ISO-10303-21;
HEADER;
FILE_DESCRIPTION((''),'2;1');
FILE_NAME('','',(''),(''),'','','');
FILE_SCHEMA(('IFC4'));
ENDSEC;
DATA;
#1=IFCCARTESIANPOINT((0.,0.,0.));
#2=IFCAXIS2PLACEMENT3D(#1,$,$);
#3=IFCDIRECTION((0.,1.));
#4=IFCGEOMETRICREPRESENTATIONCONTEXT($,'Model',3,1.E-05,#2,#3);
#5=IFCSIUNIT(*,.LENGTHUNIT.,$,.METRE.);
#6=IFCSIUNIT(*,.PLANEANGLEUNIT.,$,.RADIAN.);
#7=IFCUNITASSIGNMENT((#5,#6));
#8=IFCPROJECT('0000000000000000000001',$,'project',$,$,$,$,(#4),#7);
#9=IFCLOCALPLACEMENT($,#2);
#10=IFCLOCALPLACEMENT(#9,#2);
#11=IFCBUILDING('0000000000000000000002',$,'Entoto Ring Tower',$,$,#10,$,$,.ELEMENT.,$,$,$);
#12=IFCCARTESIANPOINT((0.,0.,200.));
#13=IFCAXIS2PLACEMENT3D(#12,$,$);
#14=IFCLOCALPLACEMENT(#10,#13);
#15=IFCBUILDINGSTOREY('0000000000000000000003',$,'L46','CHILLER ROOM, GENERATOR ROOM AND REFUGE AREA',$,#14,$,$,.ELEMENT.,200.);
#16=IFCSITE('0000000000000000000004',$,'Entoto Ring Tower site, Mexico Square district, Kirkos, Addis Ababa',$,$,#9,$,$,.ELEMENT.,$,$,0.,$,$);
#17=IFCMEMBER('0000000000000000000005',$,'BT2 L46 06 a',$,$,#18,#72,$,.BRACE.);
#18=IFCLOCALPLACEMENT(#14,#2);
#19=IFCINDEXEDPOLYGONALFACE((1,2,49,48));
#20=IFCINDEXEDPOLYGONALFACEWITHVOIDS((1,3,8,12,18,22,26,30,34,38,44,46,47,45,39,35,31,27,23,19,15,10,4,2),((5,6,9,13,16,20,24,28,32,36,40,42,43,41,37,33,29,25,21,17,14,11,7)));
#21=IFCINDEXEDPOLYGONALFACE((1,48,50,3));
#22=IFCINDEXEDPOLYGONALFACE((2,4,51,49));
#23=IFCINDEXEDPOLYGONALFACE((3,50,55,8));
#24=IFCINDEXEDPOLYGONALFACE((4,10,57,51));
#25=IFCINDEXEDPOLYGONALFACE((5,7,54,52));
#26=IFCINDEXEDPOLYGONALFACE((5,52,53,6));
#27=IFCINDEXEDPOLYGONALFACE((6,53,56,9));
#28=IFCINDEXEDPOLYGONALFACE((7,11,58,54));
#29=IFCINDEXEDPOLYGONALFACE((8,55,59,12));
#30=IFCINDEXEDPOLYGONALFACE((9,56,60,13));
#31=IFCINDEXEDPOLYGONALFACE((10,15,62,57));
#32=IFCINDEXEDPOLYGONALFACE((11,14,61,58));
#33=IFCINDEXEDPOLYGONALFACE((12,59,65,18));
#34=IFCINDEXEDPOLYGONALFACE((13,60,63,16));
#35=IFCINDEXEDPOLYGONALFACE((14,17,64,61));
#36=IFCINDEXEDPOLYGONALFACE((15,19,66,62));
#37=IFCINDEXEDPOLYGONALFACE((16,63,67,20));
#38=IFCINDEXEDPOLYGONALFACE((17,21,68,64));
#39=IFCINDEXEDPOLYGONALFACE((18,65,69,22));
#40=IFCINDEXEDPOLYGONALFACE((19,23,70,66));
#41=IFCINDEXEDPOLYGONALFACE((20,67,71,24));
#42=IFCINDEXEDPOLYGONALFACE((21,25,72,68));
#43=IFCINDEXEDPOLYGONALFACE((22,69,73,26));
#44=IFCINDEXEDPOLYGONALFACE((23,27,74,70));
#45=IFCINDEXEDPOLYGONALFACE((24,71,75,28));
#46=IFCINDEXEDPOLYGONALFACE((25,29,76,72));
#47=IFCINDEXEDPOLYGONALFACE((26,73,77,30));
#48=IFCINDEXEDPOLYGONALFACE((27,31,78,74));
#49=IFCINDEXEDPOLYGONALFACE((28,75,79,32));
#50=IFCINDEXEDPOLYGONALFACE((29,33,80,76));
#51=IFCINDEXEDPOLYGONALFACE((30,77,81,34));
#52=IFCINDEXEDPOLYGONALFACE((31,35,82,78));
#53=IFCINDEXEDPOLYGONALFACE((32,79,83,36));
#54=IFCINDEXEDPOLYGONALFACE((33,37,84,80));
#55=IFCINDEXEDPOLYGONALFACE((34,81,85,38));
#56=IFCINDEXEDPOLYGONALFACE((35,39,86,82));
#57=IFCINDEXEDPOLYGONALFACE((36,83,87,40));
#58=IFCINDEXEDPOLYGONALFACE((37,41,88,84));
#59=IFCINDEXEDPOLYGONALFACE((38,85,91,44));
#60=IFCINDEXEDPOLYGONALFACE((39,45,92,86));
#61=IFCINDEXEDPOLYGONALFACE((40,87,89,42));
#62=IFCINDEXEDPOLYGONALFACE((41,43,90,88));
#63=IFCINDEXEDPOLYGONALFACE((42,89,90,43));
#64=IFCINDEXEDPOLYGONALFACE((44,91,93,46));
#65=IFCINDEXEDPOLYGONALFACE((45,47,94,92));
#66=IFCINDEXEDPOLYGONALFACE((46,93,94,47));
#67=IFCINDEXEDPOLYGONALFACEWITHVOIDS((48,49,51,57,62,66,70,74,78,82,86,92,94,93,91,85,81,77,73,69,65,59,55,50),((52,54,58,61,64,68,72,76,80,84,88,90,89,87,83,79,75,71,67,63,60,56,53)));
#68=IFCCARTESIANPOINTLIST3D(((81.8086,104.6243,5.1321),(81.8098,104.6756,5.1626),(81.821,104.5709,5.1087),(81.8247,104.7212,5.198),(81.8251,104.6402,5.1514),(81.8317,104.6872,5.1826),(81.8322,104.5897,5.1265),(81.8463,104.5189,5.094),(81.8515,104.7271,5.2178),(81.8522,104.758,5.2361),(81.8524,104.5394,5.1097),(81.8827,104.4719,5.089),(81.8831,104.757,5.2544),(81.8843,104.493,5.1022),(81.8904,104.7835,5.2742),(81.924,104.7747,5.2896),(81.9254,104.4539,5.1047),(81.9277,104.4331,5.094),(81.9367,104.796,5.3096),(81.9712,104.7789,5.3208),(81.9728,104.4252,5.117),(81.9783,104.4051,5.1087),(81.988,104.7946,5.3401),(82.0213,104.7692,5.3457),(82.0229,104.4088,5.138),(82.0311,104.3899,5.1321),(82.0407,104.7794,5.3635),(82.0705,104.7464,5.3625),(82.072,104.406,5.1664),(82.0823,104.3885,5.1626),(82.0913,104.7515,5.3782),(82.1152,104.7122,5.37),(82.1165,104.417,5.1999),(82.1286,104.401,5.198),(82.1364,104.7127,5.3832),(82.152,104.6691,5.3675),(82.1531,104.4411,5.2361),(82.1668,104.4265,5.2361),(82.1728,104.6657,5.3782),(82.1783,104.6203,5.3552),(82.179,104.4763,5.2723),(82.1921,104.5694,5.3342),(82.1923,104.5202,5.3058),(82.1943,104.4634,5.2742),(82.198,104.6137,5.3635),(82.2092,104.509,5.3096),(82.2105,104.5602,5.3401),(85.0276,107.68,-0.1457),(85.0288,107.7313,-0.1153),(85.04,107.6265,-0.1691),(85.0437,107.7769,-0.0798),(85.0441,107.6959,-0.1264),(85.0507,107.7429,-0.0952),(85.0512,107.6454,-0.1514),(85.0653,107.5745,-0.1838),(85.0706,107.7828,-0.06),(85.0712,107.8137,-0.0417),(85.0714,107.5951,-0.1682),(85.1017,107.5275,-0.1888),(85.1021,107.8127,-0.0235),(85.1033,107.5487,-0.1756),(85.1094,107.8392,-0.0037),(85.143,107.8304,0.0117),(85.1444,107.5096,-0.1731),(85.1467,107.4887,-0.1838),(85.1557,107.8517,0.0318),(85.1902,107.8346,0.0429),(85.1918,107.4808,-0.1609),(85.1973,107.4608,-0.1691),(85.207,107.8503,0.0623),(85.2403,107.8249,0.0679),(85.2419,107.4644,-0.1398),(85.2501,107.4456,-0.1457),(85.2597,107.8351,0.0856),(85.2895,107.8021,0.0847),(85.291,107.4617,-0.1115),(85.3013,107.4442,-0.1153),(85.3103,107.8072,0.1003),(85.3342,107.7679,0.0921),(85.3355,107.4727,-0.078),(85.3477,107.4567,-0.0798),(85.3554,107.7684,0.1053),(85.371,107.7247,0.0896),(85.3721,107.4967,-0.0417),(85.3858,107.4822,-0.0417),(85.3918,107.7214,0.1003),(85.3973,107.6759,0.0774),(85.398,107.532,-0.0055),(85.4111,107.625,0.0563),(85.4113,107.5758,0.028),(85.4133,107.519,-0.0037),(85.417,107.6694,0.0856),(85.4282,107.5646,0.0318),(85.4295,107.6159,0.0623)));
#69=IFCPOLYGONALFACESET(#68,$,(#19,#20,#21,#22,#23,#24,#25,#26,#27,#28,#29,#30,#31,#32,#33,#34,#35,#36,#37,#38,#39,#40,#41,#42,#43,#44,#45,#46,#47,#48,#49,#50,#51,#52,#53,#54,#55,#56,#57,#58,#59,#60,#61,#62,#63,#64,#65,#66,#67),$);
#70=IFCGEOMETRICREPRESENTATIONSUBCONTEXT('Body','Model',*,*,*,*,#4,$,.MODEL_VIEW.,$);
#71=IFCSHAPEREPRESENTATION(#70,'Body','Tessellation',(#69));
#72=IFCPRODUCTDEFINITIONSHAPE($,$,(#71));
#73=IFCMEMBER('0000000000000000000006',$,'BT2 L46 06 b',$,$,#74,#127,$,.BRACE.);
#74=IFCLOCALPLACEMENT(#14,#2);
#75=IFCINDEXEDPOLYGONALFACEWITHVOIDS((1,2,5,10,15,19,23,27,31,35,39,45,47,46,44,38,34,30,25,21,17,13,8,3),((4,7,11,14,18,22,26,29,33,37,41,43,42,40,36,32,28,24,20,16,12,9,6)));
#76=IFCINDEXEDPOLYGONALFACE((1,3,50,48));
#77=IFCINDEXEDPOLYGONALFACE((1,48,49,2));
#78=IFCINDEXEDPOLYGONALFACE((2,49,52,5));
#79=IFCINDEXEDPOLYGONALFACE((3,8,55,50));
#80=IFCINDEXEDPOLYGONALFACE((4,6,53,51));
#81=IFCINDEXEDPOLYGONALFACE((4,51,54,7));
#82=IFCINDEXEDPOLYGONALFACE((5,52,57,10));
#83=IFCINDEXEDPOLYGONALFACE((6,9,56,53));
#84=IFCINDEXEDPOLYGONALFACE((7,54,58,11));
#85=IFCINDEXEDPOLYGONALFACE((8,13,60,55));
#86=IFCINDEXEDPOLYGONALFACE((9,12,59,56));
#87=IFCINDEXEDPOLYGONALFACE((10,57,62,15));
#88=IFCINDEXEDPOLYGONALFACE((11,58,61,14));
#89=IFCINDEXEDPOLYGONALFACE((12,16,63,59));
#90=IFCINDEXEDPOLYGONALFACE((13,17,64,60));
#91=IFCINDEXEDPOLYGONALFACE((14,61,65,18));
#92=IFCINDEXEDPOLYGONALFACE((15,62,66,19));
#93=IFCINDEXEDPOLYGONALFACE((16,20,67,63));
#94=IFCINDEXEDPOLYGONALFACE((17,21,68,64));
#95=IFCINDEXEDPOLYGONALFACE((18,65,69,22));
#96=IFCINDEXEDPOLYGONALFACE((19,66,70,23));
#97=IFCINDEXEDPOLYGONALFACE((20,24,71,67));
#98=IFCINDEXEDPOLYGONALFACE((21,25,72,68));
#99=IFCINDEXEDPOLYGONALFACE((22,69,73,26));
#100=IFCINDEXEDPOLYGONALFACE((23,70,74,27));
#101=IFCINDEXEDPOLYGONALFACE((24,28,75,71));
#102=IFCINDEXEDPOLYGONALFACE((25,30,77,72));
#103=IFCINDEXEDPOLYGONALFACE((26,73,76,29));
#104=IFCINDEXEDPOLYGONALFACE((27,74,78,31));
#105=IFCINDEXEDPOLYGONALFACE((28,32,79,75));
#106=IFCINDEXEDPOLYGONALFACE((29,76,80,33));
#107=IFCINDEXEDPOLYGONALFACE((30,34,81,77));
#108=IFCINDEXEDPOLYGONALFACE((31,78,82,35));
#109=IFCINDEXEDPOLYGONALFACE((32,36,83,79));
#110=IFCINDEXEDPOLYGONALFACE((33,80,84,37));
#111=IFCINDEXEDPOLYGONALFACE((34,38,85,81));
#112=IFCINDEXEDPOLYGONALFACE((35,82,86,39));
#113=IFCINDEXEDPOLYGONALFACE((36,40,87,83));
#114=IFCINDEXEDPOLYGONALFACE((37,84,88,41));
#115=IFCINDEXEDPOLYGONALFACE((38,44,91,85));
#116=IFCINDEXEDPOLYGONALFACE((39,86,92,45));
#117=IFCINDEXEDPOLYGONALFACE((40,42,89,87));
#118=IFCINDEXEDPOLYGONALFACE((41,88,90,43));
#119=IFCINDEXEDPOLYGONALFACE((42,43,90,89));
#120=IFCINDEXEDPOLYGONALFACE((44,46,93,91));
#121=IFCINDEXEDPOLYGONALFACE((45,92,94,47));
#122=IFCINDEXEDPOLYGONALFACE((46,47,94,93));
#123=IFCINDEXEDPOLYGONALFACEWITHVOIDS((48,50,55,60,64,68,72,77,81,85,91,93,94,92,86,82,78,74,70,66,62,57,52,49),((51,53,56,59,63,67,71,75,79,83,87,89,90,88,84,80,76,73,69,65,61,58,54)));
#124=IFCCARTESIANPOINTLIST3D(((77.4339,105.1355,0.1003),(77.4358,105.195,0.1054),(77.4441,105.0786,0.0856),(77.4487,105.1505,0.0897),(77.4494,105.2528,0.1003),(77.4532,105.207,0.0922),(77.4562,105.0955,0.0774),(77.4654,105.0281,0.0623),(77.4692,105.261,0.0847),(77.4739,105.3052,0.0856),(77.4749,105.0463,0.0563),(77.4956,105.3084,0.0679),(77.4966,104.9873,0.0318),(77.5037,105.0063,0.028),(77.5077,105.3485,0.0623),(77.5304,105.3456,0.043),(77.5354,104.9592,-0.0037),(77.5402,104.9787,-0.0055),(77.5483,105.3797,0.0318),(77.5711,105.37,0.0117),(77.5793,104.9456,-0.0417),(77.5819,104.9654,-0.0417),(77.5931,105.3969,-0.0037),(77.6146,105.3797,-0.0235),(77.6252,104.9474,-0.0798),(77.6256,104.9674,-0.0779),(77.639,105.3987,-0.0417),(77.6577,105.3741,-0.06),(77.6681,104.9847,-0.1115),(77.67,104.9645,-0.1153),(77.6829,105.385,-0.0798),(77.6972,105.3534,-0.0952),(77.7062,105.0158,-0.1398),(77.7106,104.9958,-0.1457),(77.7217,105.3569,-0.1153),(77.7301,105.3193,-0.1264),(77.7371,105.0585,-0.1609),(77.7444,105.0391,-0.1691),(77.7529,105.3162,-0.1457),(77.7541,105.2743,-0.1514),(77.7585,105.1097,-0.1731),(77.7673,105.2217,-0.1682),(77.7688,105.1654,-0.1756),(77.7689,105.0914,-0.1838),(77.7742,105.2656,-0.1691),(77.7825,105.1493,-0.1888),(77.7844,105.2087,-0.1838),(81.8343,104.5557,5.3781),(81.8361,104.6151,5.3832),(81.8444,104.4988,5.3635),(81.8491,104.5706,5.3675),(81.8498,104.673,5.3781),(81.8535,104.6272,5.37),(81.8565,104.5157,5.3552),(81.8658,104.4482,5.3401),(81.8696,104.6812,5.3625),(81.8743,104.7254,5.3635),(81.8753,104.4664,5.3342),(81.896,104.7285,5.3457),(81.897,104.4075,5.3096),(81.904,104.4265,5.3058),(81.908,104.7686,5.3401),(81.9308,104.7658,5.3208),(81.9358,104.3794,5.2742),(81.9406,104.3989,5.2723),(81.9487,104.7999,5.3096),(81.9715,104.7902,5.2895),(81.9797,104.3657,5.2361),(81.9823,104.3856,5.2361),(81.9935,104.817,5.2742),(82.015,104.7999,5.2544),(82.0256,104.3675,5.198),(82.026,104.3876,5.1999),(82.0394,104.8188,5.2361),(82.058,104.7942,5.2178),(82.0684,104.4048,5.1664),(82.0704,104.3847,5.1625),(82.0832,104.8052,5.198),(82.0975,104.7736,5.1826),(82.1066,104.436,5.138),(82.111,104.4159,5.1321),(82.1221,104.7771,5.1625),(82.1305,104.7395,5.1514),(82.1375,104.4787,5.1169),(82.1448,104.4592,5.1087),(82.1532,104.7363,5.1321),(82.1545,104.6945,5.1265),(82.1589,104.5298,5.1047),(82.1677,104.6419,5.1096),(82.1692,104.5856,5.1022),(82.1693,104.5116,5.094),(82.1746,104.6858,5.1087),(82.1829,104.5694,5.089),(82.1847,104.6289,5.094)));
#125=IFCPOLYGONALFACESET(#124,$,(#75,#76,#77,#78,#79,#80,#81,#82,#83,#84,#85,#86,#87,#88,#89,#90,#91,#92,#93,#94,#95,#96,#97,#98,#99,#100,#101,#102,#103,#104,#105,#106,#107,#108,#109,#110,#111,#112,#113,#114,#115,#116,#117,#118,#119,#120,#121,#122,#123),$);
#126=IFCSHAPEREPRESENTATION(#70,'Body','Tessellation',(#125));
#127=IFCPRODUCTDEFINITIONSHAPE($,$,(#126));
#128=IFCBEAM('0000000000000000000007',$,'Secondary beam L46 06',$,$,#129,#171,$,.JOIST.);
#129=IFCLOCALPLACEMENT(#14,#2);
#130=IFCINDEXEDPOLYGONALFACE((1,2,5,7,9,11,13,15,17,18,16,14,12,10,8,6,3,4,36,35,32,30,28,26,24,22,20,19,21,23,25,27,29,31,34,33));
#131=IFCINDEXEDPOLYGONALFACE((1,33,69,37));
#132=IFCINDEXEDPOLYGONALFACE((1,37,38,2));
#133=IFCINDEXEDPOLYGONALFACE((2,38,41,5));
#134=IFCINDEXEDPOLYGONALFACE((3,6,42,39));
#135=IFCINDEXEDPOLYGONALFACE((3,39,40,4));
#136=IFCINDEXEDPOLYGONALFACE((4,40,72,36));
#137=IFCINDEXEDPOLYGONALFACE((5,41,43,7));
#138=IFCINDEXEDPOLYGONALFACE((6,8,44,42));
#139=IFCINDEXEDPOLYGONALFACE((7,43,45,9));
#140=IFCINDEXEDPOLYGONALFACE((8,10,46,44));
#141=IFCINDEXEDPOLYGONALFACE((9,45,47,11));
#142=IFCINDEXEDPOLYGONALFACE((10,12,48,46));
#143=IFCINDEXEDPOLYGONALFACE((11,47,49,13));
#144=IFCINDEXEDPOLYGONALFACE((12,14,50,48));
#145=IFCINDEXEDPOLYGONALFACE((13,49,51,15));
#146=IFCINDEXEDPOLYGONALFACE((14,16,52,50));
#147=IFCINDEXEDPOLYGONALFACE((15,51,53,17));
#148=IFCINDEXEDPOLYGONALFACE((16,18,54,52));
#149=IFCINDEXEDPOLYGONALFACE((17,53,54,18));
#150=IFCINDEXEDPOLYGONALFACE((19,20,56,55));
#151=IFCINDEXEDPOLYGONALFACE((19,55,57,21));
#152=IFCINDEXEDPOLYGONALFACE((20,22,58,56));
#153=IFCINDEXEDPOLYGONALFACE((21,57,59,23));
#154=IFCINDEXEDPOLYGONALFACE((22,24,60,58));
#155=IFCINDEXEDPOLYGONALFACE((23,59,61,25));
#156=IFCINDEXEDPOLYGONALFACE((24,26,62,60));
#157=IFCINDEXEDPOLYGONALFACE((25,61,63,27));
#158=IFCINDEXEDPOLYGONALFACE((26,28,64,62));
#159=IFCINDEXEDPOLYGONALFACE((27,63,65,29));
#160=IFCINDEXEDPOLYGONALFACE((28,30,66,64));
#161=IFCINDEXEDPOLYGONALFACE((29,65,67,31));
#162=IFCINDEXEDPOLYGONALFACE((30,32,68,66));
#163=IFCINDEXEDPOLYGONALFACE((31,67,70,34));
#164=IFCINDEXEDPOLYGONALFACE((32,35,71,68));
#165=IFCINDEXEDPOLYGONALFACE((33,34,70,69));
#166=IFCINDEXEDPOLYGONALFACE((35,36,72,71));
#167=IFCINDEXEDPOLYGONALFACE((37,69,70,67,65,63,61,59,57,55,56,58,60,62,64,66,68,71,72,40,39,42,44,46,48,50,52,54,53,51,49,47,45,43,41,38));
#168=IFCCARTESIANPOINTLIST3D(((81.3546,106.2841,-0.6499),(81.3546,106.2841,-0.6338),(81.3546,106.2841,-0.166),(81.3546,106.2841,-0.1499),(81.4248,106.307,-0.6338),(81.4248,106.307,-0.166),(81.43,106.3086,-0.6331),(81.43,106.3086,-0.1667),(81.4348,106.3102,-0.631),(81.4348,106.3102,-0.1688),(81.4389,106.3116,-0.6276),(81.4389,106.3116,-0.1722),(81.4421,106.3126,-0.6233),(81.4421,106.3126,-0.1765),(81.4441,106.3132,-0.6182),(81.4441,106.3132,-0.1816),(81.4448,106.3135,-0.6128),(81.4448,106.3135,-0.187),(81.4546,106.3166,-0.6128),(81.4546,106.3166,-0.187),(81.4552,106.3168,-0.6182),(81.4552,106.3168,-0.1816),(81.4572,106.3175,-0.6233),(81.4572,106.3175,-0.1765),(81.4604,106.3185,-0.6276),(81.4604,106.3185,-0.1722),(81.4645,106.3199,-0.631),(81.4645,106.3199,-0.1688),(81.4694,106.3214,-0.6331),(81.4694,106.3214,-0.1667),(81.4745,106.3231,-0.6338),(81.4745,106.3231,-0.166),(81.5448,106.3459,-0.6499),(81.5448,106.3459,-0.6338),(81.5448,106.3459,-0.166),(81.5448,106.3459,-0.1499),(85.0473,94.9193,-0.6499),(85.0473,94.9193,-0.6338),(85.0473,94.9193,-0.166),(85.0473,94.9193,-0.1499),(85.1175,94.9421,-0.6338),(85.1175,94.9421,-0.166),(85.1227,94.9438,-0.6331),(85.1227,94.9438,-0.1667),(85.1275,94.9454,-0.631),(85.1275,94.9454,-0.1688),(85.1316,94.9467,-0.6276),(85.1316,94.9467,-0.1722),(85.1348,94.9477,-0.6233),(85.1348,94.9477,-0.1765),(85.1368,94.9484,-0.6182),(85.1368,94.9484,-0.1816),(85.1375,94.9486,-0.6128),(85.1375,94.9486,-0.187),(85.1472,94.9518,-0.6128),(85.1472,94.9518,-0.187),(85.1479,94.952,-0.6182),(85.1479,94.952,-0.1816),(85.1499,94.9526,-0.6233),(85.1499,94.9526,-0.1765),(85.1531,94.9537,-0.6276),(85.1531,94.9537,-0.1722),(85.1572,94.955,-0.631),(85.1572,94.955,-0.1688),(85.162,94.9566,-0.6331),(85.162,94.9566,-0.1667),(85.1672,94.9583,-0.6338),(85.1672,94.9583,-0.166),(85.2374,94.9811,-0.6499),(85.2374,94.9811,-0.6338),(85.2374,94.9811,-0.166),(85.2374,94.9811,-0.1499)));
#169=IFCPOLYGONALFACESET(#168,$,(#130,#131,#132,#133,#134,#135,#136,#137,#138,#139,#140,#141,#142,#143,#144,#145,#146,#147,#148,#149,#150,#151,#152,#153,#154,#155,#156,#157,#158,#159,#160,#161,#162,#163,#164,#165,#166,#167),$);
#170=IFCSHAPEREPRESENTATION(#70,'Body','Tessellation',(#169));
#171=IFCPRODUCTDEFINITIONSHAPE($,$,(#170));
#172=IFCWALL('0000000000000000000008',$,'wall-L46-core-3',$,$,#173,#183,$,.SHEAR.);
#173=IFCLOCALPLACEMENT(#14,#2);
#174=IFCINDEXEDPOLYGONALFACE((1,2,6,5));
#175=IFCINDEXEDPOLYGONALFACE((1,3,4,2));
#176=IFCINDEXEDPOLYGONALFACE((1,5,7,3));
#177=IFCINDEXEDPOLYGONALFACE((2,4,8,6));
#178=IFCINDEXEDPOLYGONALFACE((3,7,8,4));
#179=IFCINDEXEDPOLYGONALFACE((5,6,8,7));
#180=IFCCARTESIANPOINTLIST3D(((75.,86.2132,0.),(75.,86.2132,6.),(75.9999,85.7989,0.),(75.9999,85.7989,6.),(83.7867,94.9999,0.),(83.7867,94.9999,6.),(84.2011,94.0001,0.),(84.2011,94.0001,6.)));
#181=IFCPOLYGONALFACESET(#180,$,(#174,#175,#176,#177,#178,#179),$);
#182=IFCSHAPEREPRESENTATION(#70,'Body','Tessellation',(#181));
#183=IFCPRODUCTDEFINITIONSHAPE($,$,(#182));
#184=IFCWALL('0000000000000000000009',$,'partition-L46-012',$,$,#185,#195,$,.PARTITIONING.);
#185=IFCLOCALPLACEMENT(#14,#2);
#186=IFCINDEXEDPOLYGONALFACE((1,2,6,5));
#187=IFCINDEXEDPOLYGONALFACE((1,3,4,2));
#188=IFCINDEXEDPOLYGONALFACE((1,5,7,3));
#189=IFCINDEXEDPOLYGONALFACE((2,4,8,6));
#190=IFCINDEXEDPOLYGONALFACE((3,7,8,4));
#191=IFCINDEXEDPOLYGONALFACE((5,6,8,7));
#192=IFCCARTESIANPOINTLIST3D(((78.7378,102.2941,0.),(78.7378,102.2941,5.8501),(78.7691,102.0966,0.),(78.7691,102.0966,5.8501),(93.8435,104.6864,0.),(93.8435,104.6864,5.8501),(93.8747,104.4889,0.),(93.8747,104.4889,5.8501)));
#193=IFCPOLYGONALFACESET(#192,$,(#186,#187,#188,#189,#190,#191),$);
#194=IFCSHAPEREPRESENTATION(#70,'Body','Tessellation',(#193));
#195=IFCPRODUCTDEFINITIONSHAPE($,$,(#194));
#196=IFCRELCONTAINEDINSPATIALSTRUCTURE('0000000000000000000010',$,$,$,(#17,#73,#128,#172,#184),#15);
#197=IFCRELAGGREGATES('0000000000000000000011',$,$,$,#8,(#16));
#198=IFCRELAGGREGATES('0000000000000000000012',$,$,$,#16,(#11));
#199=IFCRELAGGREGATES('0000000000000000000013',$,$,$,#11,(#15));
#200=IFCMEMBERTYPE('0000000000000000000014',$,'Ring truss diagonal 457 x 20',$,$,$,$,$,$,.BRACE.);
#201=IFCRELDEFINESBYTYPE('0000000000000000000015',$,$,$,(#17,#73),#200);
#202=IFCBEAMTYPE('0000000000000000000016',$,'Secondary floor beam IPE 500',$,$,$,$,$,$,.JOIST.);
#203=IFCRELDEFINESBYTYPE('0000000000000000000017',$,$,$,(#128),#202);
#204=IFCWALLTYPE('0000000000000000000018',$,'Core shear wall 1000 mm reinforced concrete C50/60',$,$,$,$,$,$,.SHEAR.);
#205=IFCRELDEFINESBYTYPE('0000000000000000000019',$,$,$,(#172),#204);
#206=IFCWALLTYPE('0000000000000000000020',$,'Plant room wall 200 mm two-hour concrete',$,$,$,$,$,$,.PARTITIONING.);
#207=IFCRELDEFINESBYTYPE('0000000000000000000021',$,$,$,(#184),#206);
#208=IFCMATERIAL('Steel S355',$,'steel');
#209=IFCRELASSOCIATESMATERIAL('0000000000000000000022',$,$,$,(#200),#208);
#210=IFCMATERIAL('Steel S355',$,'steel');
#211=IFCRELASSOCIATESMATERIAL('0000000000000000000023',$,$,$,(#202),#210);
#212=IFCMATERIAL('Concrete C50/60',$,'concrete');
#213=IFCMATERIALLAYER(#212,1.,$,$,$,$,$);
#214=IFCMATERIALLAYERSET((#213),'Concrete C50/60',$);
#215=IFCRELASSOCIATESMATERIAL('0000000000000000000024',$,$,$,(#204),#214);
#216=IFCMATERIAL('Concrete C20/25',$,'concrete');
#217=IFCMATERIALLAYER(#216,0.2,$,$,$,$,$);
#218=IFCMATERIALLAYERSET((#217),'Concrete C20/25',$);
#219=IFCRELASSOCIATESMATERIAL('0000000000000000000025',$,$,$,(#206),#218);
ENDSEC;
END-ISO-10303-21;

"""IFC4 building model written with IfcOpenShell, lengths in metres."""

from ifc_helpers import new_model, si_unit, direction, frame, frame_2d, origin, origin_2d, place, context, subcontext, project, spatial, polyline, rectangle, circle, hollow_circle, i_section, outline, extrude, material, layer, layer_set, material_profile, profile_set, type_object, element, save


model = new_model("IFC4")

# Units and contexts
model_context = context("Model", 3, precision=1e-05, world=origin(), true_north=direction((0.0, 1.0)))
body_context = subcontext(model_context, "Body", "Model", "MODEL_VIEW")
ifc_project = project(units=[si_unit("LENGTHUNIT", "METRE"), si_unit("PLANEANGLEUNIT", "RADIAN")], contexts=[model_context])

# Site, building, storey
site_placement = place(None, origin())
site = spatial("IfcSite", under=ifc_project, at=site_placement, Name="Entoto Ring Tower site, Mexico Square district, Kirkos, Addis Ababa", CompositionType="ELEMENT", RefElevation=0.0)
building_placement = place(site_placement, origin())
building = spatial("IfcBuilding", under=site, at=building_placement, Name="Entoto Ring Tower", CompositionType="ELEMENT")
storey_placement = place(building_placement, frame((0.0, 0.0, 200.0)))
storey = spatial("IfcBuildingStorey", under=building, at=storey_placement, Name="L46", Description="CHILLER ROOM, GENERATOR ROOM AND REFUGE AREA", CompositionType="ELEMENT", Elevation=200.0)

# Members
ifc_material_1 = material(Name="Steel S355", Category="steel")
ifc_material_profile_1 = material_profile(ifc_material_1, hollow_circle(Radius=0.2285, WallThickness=0.02, at=origin_2d()), Name="CHS 457 x 20")
ifc_material_2 = material(Name="Concrete C60/75", Category="concrete")
ifc_material_profile_2 = material_profile(ifc_material_2, circle(Radius=0.2085, at=origin_2d()), Name="Concrete C60/75 infill")
ifc_profile_set_1 = profile_set([ifc_material_profile_1, ifc_material_profile_2], Name="Steel S355")
member_type_1 = type_object("IfcMemberType", Name="Ring truss diagonal 457 x 20", PredefinedType="BRACE", material=ifc_profile_set_1)
for number, where, z_axis, x_axis, name in (
    (1, (85.2285, 107.6479, -0.0417), (-0.466793, -0.443108, 0.765349), (0.688468, -0.725267, 0.0), "BT2 L46 06 a"),
    (2, (82.0095, 104.5923, 5.2361), (-0.638105, 0.084082, -0.765344), (-0.130639, -0.99143, 0.0), "BT2 L46 06 b"),
):
    element("IfcMember", number, at=place(storey_placement, frame(where, z_axis=z_axis, x_axis=x_axis)), inside=storey, type_object=member_type_1, Name=name, PredefinedType="BRACE", context=body_context, shape_type="SweptSolid", body=[
        extrude(hollow_circle(Radius=0.2285, WallThickness=0.02, at=origin_2d()), origin(), (0.0, 0.0, 1.0), 6.896),
    ])

# Beam
ifc_material_3 = material(Name="Steel S355", Category="steel")
ifc_material_profile_3 = material_profile(ifc_material_3, i_section(OverallWidth=0.2, OverallDepth=0.5, WebThickness=0.0103, FlangeThickness=0.0161, FilletRadius=0.021, at=origin_2d()), Name="IPE 500")
ifc_profile_set_2 = profile_set([ifc_material_profile_3], Name="Steel S355")
beam_type_1 = type_object("IfcBeamType", Name="Secondary floor beam IPE 500", PredefinedType="JOIST", material=ifc_profile_set_2)
beam_1_placement = place(storey_placement, frame((85.1423, 94.9502, -0.3999), z_axis=(-0.309017, 0.951057, 0.0), x_axis=(-0.951057, -0.309017, 0.0)))
element("IfcBeam", 3, at=beam_1_placement, inside=storey, type_object=beam_type_1, Name="Secondary beam L46 06", PredefinedType="JOIST", context=body_context, shape_type="SweptSolid", body=[
    extrude(i_section(OverallWidth=0.2, OverallDepth=0.5, WebThickness=0.0103, FlangeThickness=0.0161, FilletRadius=0.021, at=origin_2d()), origin(), (0.0, 0.0, 1.0), 11.9497),
])

# Walls
ifc_material_4 = material(Name="Concrete C50/60", Category="concrete")
ifc_layer_1 = layer(ifc_material_4, 1.0)
ifc_layer_set_1 = layer_set([ifc_layer_1], Name="Concrete C50/60")
wall_type_1 = type_object("IfcWallType", Name="Core shear wall 1000 mm reinforced concrete C50/60", PredefinedType="SHEAR", material=ifc_layer_set_1)
wall_1_placement = place(storey_placement, frame((83.9939, 94.5, 0.0), z_axis=(0.0, 0.0, 1.0), x_axis=(-0.707107, -0.707107, 0.0)))
element("IfcWall", 4, at=wall_1_placement, inside=storey, type_object=wall_type_1, Name="wall-L46-core-3", PredefinedType="SHEAR", context=body_context, shape_type="SweptSolid", body=[
    extrude(outline(polyline([(-0.207, -0.5), (12.2192, -0.5), (11.8052, 0.5), (0.207, 0.5), (-0.207, -0.5)])), origin(), (0.0, 0.0, 1.0), 6.0),
])
ifc_material_5 = material(Name="Concrete C20/25", Category="concrete")
ifc_layer_2 = layer(ifc_material_5, 0.2)
ifc_layer_set_2 = layer_set([ifc_layer_2], Name="Concrete C20/25")
wall_type_2 = type_object("IfcWallType", Name="Plant room wall 200 mm two-hour concrete", PredefinedType="PARTITIONING", material=ifc_layer_set_2)
wall_2_placement = place(storey_placement, frame((78.7534, 102.1953, 0.0), z_axis=(0.0, 0.0, 1.0), x_axis=(0.98769, 0.156423, 0.0)))
element("IfcWall", 5, at=wall_2_placement, inside=storey, type_object=wall_type_2, Name="partition-L46-012", PredefinedType="PARTITIONING", context=body_context, shape_type="SweptSolid", body=[
    extrude(rectangle(XDim=15.2939, YDim=0.2, at=frame_2d((7.647, 0.0))), origin(), (0.0, 0.0, 1.0), 5.8501),
])

save(model, "model.ifc")
